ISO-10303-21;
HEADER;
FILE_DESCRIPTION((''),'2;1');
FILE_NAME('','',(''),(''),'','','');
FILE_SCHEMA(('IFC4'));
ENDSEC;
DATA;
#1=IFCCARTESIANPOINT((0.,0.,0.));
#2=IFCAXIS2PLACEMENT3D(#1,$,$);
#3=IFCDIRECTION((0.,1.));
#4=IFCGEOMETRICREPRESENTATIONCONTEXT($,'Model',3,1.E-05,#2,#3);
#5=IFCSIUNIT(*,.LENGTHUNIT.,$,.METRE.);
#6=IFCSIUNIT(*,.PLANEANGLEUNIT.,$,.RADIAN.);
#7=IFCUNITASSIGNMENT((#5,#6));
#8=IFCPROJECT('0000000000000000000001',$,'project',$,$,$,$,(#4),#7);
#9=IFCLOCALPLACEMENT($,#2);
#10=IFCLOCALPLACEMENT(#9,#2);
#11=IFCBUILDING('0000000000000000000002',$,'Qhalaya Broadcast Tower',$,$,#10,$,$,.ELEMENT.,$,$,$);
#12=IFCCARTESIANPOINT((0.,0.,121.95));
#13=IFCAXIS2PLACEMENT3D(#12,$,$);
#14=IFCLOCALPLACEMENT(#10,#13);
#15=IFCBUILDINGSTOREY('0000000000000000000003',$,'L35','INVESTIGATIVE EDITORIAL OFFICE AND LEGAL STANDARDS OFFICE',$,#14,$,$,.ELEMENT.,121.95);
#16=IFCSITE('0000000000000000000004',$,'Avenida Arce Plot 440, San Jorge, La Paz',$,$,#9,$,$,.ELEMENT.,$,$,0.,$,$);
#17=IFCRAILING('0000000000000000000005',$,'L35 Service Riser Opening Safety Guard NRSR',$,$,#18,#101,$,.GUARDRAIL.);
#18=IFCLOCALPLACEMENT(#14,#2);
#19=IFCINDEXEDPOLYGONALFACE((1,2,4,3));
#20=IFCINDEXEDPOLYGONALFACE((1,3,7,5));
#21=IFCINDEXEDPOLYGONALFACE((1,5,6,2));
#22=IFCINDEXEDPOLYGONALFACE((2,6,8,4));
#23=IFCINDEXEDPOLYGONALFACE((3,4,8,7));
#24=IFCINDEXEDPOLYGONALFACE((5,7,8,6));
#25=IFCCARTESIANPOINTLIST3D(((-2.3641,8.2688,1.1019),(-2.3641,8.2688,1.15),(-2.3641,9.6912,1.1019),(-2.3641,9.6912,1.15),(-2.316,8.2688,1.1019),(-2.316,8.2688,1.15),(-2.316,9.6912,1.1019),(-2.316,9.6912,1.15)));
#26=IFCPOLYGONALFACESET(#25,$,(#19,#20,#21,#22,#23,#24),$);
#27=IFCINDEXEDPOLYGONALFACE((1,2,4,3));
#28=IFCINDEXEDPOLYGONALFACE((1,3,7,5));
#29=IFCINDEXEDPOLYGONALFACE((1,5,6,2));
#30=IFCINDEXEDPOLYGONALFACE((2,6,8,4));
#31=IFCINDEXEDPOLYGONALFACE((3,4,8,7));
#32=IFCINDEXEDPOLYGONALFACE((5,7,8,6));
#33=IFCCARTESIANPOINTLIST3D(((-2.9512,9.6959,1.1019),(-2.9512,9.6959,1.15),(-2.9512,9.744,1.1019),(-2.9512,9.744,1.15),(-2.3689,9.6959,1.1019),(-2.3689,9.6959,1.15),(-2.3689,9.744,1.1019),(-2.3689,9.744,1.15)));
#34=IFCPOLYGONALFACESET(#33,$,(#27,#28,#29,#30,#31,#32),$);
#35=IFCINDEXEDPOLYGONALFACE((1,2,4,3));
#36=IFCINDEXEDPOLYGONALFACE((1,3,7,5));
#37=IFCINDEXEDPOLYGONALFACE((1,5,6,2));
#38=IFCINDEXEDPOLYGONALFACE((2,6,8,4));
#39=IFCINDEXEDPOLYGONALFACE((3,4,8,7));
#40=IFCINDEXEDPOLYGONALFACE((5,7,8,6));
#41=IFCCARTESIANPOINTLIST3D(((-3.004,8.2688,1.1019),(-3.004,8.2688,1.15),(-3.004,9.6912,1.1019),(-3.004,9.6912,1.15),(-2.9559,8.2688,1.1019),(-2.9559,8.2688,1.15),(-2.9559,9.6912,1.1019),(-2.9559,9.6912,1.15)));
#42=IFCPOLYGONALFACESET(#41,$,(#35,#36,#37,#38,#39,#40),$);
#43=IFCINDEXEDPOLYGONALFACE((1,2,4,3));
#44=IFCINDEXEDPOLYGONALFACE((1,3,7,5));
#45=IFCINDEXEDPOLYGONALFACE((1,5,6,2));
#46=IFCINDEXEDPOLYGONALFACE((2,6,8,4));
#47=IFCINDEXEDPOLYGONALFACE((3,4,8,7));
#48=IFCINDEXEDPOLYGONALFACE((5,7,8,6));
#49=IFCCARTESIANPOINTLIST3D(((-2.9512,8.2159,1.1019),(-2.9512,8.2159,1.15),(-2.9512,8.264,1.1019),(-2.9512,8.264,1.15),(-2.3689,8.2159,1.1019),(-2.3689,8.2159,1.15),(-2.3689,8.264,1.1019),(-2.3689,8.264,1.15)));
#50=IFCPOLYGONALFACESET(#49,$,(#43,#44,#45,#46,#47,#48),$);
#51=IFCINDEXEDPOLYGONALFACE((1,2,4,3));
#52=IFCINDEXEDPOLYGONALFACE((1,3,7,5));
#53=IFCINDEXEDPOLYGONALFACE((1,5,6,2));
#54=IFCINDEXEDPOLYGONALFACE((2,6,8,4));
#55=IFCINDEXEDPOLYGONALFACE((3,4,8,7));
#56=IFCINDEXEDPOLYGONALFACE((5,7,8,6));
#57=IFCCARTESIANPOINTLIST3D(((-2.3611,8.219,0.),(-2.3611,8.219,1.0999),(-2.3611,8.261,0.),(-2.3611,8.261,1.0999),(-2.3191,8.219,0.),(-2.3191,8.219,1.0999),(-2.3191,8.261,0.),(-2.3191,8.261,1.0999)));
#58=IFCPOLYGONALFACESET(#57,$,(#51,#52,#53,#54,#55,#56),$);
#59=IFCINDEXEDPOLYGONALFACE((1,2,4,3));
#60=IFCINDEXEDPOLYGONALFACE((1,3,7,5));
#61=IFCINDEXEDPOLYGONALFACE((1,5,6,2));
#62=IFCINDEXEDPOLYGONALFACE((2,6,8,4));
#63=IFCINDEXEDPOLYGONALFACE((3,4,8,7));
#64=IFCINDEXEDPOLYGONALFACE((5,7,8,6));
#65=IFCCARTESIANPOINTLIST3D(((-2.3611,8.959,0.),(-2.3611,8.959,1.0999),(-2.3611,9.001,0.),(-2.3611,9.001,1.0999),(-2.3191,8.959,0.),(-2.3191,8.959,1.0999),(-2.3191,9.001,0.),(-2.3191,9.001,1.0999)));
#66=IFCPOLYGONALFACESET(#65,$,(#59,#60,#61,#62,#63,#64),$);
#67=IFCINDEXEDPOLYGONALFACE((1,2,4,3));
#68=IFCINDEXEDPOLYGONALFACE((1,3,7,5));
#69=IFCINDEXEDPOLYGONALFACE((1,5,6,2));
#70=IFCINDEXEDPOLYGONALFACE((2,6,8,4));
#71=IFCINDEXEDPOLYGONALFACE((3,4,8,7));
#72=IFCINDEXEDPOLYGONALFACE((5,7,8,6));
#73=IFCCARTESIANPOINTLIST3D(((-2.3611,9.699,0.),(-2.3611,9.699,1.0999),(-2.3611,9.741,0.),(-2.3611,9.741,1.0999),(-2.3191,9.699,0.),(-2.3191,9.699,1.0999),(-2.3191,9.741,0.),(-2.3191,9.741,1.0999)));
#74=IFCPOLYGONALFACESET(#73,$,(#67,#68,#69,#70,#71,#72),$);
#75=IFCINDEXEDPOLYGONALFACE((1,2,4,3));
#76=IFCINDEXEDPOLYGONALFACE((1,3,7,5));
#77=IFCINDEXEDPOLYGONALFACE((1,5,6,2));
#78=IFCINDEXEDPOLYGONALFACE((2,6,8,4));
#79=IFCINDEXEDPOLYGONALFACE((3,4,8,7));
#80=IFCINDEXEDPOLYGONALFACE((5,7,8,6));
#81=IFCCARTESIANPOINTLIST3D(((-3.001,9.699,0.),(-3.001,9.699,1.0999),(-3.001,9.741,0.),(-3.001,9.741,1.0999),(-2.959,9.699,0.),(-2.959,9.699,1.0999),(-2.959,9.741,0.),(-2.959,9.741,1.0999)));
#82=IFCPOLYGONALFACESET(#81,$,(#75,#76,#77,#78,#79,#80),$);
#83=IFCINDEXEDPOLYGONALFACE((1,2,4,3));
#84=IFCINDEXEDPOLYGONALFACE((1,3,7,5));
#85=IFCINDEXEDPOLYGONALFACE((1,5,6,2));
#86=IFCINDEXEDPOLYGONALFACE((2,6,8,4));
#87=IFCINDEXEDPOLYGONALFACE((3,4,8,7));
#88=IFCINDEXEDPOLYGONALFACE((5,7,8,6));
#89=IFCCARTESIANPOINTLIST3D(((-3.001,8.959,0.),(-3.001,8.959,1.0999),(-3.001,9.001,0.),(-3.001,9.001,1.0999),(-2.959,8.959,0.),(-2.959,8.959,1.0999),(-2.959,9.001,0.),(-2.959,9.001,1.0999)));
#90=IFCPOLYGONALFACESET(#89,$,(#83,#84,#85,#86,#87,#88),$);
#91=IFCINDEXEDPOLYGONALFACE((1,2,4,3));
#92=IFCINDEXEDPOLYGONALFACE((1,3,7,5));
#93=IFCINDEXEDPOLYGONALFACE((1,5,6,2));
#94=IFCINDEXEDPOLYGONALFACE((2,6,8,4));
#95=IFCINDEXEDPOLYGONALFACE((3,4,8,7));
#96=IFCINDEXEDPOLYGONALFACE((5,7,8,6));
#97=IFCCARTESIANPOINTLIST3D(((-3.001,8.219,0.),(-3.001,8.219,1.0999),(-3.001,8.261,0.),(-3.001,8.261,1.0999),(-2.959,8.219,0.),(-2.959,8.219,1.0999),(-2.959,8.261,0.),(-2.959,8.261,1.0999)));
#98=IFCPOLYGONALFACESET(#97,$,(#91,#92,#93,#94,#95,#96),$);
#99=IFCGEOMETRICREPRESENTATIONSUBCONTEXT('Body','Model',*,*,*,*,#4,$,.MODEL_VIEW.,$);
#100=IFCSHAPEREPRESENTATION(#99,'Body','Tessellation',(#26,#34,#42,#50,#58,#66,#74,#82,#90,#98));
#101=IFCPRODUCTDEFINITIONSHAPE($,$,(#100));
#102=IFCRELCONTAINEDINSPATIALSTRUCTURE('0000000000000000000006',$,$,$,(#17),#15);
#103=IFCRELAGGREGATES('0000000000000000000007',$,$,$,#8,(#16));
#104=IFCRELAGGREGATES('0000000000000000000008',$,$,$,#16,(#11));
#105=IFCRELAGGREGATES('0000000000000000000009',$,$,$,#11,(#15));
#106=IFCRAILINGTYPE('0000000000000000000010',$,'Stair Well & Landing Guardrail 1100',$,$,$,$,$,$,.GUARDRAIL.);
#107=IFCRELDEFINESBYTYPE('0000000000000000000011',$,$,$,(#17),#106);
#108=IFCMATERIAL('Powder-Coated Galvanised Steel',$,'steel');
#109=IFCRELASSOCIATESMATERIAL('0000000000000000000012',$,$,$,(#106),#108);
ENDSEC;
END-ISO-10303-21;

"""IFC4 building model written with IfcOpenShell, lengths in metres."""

from ifc_helpers import new_model, si_unit, direction, frame, origin, origin_2d, place, context, subcontext, project, spatial, rectangle, extrude, material, type_object, element, save


model = new_model("IFC4")

# Units and contexts
model_context = context("Model", 3, precision=1e-05, world=origin(), true_north=direction((0.0, 1.0)))
body_context = subcontext(model_context, "Body", "Model", "MODEL_VIEW")
ifc_project = project(units=[si_unit("LENGTHUNIT", "METRE"), si_unit("PLANEANGLEUNIT", "RADIAN")], contexts=[model_context])

# Site, building, storey
site_placement = place(None, origin())
site = spatial("IfcSite", under=ifc_project, at=site_placement, Name="Avenida Arce Plot 440, San Jorge, La Paz", CompositionType="ELEMENT", RefElevation=0.0)
building_placement = place(site_placement, origin())
building = spatial("IfcBuilding", under=site, at=building_placement, Name="Qhalaya Broadcast Tower", CompositionType="ELEMENT")
storey_placement = place(building_placement, frame((0.0, 0.0, 121.95)))
storey = spatial("IfcBuildingStorey", under=building, at=storey_placement, Name="L35", Description="INVESTIGATIVE EDITORIAL OFFICE AND LEGAL STANDARDS OFFICE", CompositionType="ELEMENT", Elevation=121.95)

# Railing
ifc_material_1 = material(Name="Powder-Coated Galvanised Steel", Category="steel")
railing_type = type_object("IfcRailingType", Name="Stair Well & Landing Guardrail 1100", PredefinedType="GUARDRAIL", material=ifc_material_1)
railing_placement = place(storey_placement, frame((-2.3401, 8.24, 0.0)))
element("IfcRailing", 1, at=railing_placement, inside=storey, type_object=railing_type, Name="L35 Service Riser Opening Safety Guard NRSR", PredefinedType="GUARDRAIL", context=body_context, shape_type="SweptSolid", body=[
    extrude(rectangle(XDim=0.0481, YDim=0.0481, at=origin_2d()), frame((0.0, 0.0288, 1.126), z_axis=(0.0, 1.0, 0.0), x_axis=(-1.0, 0.0, 0.0)), (0.0, 0.0, 1.0), 1.4224),
    extrude(rectangle(XDim=0.0481, YDim=0.0481, at=origin_2d()), frame((-0.0288, 1.48, 1.126), z_axis=(-1.0, 0.0, 0.0), x_axis=(0.0, -1.0, 0.0)), (0.0, 0.0, 1.0), 0.5823),
    extrude(rectangle(XDim=0.0481, YDim=0.0481, at=origin_2d()), frame((-0.6399, 1.4512, 1.126), z_axis=(0.0, -1.0, 0.0), x_axis=(1.0, 0.0, 0.0)), (0.0, 0.0, 1.0), 1.4224),
    extrude(rectangle(XDim=0.0481, YDim=0.0481, at=origin_2d()), frame((-0.6111, 0.0, 1.126), z_axis=(1.0, 0.0, 0.0), x_axis=(0.0, 1.0, 0.0)), (0.0, 0.0, 1.0), 0.5823),
    extrude(rectangle(XDim=0.042, YDim=0.042, at=origin_2d()), origin(), (0.0, 0.0, 1.0), 1.0999),
    extrude(rectangle(XDim=0.042, YDim=0.042, at=origin_2d()), frame((0.0, 0.74, 0.0)), (0.0, 0.0, 1.0), 1.0999),
    extrude(rectangle(XDim=0.042, YDim=0.042, at=origin_2d()), frame((0.0, 1.48, 0.0)), (0.0, 0.0, 1.0), 1.0999),
    extrude(rectangle(XDim=0.042, YDim=0.042, at=origin_2d()), frame((-0.6399, 1.48, 0.0)), (0.0, 0.0, 1.0), 1.0999),
    extrude(rectangle(XDim=0.042, YDim=0.042, at=origin_2d()), frame((-0.6399, 0.74, 0.0)), (0.0, 0.0, 1.0), 1.0999),
    extrude(rectangle(XDim=0.042, YDim=0.042, at=origin_2d()), frame((-0.6399, 0.0, 0.0)), (0.0, 0.0, 1.0), 1.0999),
])

save(model, "model.ifc")
